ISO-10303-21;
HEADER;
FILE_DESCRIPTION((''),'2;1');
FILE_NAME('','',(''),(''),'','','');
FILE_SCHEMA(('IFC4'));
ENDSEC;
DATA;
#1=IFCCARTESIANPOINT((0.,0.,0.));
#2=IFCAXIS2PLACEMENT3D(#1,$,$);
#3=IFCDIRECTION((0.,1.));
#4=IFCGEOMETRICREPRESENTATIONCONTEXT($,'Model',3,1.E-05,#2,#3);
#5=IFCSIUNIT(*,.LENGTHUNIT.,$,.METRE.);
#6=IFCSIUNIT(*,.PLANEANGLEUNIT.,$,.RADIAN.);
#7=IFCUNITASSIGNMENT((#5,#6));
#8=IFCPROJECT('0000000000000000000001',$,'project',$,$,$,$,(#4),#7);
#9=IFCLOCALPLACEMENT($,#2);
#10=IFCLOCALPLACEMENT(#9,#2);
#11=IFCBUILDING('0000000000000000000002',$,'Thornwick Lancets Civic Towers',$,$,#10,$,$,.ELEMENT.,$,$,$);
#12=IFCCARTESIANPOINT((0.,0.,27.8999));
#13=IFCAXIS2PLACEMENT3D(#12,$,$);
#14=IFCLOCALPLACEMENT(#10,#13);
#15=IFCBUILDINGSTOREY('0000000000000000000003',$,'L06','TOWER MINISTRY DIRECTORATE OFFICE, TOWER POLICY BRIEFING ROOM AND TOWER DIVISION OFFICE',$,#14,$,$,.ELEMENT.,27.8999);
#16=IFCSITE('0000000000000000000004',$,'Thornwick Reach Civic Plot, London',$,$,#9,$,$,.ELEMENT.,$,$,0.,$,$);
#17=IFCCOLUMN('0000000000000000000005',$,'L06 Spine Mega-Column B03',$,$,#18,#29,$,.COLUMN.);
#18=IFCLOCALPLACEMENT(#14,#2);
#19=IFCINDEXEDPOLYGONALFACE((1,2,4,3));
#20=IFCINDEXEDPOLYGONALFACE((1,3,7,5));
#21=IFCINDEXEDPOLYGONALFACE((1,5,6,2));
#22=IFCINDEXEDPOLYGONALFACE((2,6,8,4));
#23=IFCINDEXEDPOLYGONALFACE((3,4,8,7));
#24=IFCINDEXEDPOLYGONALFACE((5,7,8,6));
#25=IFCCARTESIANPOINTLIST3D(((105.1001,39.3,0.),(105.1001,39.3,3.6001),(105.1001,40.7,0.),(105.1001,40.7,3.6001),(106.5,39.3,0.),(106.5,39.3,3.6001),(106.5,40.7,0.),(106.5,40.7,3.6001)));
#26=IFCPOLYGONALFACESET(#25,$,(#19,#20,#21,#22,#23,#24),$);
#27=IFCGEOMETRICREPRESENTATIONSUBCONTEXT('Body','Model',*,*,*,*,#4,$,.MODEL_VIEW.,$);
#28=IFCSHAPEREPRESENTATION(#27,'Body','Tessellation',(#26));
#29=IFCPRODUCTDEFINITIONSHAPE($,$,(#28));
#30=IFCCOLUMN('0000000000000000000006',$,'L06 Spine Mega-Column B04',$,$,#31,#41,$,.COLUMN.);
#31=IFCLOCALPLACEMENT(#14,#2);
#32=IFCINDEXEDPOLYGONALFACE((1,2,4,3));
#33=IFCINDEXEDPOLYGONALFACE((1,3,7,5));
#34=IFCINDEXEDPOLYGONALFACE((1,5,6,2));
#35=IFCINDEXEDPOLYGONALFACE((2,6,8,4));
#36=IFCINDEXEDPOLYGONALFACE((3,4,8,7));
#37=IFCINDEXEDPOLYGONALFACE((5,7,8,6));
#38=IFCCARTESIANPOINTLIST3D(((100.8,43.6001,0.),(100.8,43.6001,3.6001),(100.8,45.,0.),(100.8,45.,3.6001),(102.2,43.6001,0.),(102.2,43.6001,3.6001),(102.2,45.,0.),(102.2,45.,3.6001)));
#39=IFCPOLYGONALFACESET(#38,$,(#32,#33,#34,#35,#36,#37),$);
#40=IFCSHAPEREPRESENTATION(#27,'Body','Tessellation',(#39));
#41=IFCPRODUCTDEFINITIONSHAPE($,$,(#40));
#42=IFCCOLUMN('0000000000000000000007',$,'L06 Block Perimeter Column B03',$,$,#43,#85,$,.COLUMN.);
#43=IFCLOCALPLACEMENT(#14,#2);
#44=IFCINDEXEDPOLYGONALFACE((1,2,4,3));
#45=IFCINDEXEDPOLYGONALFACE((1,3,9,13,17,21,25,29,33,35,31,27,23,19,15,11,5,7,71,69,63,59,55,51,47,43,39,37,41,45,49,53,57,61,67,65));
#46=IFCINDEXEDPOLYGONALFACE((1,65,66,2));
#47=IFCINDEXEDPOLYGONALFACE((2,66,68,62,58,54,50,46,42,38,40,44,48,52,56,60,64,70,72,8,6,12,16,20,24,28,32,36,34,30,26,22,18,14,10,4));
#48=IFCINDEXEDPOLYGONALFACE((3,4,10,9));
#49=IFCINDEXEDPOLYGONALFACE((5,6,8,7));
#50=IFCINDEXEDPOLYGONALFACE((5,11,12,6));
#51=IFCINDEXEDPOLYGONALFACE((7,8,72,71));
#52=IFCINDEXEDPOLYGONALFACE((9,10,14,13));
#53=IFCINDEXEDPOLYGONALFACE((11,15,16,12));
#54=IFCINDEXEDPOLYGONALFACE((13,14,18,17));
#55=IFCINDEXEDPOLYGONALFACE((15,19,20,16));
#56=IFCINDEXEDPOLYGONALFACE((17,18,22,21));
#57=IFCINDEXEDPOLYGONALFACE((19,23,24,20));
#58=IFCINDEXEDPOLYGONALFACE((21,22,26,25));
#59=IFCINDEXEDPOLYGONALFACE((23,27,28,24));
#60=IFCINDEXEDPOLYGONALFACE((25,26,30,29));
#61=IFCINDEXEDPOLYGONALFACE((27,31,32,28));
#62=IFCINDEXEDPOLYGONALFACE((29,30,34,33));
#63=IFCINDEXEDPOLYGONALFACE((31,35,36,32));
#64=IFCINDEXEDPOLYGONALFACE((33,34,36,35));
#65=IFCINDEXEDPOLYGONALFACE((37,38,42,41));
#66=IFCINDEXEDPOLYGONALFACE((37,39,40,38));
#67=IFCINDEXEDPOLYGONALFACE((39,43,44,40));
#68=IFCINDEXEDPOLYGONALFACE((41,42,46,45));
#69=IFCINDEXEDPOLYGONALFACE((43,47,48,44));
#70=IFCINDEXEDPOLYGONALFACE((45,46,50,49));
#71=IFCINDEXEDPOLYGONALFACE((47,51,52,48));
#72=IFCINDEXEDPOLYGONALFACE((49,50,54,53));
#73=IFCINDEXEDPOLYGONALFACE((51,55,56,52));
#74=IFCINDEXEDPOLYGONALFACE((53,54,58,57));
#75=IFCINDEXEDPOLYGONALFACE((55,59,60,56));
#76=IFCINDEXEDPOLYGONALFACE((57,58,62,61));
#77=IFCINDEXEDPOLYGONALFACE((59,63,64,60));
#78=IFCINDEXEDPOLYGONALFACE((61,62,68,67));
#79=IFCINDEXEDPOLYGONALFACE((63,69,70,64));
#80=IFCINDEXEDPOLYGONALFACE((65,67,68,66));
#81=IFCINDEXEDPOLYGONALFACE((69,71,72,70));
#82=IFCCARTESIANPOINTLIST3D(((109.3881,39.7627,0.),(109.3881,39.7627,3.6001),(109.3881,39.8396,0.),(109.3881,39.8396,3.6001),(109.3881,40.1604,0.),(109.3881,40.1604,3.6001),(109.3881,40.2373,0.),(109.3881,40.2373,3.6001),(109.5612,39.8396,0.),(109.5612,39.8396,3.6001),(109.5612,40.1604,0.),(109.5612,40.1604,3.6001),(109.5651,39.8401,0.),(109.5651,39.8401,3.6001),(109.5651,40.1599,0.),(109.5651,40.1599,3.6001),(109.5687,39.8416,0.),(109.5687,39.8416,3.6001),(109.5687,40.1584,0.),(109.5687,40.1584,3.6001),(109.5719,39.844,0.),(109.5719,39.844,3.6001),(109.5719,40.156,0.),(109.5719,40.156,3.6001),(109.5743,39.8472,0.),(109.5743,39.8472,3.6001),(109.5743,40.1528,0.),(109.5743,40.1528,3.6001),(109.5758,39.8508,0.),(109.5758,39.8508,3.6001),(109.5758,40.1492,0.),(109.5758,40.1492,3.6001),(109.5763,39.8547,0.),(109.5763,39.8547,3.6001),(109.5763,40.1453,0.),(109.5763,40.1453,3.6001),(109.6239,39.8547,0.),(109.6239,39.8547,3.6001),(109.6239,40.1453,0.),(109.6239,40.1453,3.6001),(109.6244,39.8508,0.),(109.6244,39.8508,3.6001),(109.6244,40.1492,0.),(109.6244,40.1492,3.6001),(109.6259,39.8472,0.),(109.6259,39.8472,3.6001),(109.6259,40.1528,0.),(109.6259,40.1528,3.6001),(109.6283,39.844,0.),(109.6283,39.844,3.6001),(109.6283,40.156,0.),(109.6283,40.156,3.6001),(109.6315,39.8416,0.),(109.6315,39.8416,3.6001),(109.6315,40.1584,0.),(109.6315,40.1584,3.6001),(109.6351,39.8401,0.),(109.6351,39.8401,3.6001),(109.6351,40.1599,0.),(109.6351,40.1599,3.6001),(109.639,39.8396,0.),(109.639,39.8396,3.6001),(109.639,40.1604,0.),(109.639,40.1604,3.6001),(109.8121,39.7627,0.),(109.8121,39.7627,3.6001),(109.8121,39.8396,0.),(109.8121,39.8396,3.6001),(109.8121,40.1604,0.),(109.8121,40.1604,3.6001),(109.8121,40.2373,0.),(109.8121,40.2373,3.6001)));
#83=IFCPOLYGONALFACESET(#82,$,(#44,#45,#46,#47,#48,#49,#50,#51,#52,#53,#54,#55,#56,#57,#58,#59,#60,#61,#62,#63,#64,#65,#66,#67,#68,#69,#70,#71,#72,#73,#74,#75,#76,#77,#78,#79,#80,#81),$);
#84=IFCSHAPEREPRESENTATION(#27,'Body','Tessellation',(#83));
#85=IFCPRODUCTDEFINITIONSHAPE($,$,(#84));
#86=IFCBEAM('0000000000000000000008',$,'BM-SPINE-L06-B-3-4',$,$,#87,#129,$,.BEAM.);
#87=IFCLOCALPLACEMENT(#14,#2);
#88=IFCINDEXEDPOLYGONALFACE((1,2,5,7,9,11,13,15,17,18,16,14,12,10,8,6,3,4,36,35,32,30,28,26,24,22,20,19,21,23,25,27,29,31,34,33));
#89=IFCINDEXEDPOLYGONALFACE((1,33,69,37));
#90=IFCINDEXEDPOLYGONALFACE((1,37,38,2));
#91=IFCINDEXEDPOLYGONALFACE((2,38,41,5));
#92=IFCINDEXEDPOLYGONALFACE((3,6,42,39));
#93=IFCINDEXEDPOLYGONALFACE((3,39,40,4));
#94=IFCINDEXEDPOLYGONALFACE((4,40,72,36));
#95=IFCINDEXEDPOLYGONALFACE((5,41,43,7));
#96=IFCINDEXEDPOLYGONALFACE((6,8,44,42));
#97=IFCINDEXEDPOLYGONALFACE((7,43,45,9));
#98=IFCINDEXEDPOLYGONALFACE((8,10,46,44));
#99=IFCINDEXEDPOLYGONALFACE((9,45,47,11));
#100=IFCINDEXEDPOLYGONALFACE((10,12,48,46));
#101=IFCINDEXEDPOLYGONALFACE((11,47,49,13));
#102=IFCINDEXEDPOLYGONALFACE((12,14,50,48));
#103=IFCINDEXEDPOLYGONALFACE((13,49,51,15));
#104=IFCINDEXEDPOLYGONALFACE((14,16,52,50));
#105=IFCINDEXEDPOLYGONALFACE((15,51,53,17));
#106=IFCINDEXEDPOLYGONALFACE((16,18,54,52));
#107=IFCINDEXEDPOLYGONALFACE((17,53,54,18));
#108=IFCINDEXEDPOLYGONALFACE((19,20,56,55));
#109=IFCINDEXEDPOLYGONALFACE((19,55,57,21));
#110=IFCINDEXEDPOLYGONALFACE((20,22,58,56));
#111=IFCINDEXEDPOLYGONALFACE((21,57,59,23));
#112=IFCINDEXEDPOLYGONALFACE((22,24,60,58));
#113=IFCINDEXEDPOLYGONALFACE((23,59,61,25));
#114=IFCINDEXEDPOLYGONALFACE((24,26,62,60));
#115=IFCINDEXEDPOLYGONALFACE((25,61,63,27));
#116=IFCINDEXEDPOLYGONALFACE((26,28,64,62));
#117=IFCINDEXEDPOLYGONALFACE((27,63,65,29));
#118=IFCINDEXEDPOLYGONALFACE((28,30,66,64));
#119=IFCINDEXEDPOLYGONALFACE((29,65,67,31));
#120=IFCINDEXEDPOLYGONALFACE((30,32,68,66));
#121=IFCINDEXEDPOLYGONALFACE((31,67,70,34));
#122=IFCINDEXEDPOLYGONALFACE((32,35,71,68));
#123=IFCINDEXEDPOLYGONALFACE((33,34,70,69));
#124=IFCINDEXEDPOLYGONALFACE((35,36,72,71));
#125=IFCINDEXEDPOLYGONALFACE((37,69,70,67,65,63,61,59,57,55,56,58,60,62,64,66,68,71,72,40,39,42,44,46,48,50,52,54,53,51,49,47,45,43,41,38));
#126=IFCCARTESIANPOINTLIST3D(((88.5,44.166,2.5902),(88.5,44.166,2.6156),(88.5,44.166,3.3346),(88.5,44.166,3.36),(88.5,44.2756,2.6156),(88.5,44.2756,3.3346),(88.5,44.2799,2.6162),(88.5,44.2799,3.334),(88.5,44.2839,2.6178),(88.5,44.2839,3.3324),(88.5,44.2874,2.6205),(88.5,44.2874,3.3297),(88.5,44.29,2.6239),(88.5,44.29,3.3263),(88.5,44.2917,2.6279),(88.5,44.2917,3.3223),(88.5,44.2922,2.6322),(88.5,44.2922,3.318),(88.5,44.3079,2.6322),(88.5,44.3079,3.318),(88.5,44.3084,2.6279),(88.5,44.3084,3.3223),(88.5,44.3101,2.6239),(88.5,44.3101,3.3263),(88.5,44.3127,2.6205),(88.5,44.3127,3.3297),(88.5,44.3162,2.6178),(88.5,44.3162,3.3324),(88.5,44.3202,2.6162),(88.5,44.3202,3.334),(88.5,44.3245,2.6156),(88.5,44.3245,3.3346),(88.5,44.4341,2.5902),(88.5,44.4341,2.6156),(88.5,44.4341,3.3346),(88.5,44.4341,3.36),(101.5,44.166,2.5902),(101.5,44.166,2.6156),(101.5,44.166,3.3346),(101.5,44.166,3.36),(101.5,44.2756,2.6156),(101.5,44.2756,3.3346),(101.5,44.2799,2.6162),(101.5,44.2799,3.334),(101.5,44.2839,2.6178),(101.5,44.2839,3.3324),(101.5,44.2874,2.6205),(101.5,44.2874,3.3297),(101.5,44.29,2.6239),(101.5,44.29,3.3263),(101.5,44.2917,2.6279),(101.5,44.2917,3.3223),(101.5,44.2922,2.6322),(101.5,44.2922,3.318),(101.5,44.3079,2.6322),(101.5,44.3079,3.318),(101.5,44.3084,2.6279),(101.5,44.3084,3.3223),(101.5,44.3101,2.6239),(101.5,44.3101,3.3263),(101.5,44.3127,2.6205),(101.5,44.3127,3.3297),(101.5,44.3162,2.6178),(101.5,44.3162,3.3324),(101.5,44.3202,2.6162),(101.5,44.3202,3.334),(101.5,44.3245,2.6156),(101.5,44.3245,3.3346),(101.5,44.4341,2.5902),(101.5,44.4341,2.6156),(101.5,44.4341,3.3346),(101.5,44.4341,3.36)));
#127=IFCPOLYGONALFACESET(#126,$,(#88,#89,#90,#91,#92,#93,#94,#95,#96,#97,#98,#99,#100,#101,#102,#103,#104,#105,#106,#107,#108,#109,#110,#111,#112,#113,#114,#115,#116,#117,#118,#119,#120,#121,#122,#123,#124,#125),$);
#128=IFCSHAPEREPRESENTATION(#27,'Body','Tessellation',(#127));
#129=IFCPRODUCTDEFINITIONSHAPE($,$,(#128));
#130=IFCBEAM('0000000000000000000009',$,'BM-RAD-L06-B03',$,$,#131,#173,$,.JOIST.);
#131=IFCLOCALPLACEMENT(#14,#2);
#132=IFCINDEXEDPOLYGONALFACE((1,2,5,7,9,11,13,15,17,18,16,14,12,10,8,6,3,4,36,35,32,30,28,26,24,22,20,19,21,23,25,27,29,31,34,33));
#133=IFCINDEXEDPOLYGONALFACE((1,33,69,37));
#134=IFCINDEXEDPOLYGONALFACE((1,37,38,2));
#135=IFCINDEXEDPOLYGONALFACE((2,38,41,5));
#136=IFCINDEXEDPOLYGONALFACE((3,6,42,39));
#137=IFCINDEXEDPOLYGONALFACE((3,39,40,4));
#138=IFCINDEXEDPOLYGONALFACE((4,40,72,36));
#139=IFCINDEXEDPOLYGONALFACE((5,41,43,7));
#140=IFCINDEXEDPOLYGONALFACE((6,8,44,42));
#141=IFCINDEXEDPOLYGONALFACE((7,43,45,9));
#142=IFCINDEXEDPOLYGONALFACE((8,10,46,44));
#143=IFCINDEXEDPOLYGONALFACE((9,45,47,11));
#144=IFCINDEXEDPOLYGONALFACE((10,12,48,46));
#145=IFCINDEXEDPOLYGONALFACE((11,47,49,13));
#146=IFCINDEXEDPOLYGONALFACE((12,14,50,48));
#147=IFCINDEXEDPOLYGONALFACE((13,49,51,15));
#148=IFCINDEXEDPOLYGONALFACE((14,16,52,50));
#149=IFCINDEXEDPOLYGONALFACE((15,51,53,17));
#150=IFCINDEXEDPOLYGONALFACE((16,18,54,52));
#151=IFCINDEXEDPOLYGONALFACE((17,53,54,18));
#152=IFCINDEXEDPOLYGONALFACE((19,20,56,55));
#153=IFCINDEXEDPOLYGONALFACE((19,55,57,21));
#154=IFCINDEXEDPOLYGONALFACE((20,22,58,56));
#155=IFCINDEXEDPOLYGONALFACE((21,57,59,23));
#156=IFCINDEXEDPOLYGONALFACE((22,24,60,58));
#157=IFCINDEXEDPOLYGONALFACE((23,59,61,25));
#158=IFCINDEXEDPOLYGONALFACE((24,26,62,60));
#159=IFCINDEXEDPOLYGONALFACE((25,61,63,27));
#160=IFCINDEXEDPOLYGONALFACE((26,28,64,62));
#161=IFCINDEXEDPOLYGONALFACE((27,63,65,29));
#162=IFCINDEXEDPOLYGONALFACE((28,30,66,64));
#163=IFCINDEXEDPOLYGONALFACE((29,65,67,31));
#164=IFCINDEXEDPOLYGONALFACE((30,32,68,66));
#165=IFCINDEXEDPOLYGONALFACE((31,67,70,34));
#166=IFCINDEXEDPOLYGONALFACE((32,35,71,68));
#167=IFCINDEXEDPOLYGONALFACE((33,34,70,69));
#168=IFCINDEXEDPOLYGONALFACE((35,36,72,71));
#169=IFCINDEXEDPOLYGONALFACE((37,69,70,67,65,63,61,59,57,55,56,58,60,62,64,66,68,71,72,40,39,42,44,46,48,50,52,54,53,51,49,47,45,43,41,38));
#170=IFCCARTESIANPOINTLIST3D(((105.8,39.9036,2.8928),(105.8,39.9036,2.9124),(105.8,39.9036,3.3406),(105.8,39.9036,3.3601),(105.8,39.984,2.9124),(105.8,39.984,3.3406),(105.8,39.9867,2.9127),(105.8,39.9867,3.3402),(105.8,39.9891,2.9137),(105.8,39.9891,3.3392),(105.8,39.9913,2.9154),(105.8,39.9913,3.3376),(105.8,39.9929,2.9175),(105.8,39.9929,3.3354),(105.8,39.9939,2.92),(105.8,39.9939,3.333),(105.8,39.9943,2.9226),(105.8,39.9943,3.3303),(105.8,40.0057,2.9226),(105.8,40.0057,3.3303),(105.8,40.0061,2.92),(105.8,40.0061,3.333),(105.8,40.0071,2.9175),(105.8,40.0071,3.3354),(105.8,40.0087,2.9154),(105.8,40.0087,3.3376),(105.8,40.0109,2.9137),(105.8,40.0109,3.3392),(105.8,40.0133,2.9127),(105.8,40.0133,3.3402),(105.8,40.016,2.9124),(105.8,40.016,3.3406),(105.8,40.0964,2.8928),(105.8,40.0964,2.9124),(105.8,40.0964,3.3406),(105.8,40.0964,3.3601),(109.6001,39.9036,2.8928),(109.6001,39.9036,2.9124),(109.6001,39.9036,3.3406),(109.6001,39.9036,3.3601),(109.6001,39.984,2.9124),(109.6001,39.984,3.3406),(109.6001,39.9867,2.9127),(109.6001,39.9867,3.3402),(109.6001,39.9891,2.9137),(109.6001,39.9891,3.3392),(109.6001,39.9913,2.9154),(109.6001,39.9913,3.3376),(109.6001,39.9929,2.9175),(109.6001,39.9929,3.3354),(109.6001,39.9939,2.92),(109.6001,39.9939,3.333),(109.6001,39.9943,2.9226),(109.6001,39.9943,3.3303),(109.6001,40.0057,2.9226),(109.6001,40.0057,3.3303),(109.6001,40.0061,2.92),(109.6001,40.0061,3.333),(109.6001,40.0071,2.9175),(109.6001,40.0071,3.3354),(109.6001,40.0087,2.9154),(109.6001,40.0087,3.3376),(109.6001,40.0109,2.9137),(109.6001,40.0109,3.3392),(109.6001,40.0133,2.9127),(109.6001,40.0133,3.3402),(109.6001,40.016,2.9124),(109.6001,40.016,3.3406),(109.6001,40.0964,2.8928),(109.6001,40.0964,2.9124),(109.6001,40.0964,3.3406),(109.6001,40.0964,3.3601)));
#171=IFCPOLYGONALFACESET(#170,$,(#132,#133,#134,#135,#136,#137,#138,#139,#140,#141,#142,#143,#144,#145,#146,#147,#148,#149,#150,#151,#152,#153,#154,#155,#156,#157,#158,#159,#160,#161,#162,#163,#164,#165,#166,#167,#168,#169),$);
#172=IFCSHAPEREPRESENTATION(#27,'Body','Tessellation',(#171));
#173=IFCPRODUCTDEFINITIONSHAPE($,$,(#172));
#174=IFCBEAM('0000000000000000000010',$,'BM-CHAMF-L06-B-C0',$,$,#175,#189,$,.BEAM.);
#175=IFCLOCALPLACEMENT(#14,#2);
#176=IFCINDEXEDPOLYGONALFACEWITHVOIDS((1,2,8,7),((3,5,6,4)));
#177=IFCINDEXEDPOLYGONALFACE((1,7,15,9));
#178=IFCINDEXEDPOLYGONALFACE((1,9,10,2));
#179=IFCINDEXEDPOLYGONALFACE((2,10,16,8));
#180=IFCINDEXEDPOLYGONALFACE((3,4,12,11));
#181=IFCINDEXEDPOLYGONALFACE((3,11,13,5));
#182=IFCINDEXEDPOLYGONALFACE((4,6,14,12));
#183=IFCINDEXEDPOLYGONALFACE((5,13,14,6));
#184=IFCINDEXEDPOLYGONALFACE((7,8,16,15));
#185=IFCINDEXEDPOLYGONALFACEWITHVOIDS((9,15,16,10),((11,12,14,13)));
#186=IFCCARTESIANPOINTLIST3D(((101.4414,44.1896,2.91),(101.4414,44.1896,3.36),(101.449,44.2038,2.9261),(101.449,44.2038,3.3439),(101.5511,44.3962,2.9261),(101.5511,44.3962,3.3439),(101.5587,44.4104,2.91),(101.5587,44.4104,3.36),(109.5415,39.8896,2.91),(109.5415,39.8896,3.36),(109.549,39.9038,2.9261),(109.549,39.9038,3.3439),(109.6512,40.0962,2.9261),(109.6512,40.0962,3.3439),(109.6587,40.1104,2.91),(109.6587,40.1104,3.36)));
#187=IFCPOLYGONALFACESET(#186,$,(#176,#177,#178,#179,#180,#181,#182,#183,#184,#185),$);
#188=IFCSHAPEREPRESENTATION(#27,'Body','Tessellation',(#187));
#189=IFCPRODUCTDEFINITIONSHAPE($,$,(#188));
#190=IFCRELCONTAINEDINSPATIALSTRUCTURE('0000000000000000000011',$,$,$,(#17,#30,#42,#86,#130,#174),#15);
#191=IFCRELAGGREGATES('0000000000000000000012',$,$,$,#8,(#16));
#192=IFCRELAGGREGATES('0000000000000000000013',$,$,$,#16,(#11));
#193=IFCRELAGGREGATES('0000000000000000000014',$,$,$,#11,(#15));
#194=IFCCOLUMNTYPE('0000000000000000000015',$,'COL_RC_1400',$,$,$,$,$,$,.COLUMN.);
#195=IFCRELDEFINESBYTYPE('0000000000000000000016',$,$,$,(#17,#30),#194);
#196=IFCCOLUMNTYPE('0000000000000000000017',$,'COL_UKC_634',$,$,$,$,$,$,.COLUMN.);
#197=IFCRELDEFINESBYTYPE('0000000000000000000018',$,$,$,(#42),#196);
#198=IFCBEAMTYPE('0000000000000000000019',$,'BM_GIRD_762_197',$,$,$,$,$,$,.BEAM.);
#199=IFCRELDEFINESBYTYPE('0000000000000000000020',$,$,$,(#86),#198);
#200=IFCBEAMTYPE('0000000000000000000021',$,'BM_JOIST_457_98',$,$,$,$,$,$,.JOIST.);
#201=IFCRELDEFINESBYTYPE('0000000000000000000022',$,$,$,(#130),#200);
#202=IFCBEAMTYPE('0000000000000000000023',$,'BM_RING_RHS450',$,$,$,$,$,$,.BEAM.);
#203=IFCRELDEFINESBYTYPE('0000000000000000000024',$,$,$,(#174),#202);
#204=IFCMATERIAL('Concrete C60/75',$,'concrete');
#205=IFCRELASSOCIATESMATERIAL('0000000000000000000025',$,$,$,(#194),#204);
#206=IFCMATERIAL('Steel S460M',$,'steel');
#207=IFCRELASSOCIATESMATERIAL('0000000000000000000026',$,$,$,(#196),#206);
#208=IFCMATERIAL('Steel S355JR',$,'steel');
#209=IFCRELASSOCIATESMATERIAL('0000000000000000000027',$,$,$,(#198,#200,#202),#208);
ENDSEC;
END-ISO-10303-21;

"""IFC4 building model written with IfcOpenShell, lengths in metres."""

from ifc_helpers import new_model, si_unit, direction, frame, origin, origin_2d, place, context, subcontext, project, spatial, rectangle, hollow_rectangle, i_section, extrude, material, material_profile, profile_set, type_object, element, save


model = new_model("IFC4")

# Units and contexts
model_context = context("Model", 3, precision=1e-05, world=origin(), true_north=direction((0.0, 1.0)))
body_context = subcontext(model_context, "Body", "Model", "MODEL_VIEW")
ifc_project = project(units=[si_unit("LENGTHUNIT", "METRE"), si_unit("PLANEANGLEUNIT", "RADIAN")], contexts=[model_context])

# Site, building, storey
site_placement = place(None, origin())
site = spatial("IfcSite", under=ifc_project, at=site_placement, Name="Thornwick Reach Civic Plot, London", CompositionType="ELEMENT", RefElevation=0.0)
building_placement = place(site_placement, origin())
building = spatial("IfcBuilding", under=site, at=building_placement, Name="Thornwick Lancets Civic Towers", CompositionType="ELEMENT")
storey_placement = place(building_placement, frame((0.0, 0.0, 27.8999)))
storey = spatial("IfcBuildingStorey", under=building, at=storey_placement, Name="L06", Description="TOWER MINISTRY DIRECTORATE OFFICE, TOWER POLICY BRIEFING ROOM AND TOWER DIVISION OFFICE", CompositionType="ELEMENT", Elevation=27.8999)

# Columns
ifc_material_1 = material(Name="Concrete C60/75", Category="concrete")
ifc_material_profile_1 = material_profile(ifc_material_1, rectangle(XDim=1.3999, YDim=1.3999, at=origin_2d()), Name="RC 1400x1400")
ifc_profile_set_1 = profile_set([ifc_material_profile_1], Name="Concrete C60/75")
column_type_1 = type_object("IfcColumnType", Name="COL_RC_1400", PredefinedType="COLUMN", material=ifc_profile_set_1)
for number, where, z_axis, x_axis, name in (
    (1, (105.8, 40.0, 0.0), (0.0, 0.0, 1.0), (1.0, 0.0, 0.0), "L06 Spine Mega-Column B03"),
    (2, (101.5, 44.3, 0.0), (0.0, 0.0, 1.0), (1.0, 0.0, 0.0), "L06 Spine Mega-Column B04"),
):
    element("IfcColumn", number, at=place(storey_placement, frame(where, z_axis=z_axis, x_axis=x_axis)), inside=storey, type_object=column_type_1, Name=name, PredefinedType="COLUMN", context=body_context, shape_type="SweptSolid", body=[
        extrude(rectangle(XDim=1.3999, YDim=1.3999, at=origin_2d()), origin(), (0.0, 0.0, 1.0), 3.6001),
    ])
ifc_material_2 = material(Name="Steel S460M", Category="steel")
ifc_material_profile_2 = material_profile(ifc_material_2, i_section(OverallWidth=0.4241, OverallDepth=0.4746, WebThickness=0.0476, FlangeThickness=0.0769, FilletRadius=0.0151, at=origin_2d()), Name="UKC 356x406x634")
ifc_profile_set_2 = profile_set([ifc_material_profile_2], Name="Steel S460M")
column_type_2 = type_object("IfcColumnType", Name="COL_UKC_634", PredefinedType="COLUMN", material=ifc_profile_set_2)
column_placement = place(storey_placement, frame((109.6001, 40.0, 0.0), z_axis=(0.0, 0.0, 1.0), x_axis=(1.0, 0.0, 0.0)))
element("IfcColumn", 3, at=column_placement, inside=storey, type_object=column_type_2, Name="L06 Block Perimeter Column B03", PredefinedType="COLUMN", context=body_context, shape_type="SweptSolid", body=[
    extrude(i_section(OverallWidth=0.4241, OverallDepth=0.4746, WebThickness=0.0476, FlangeThickness=0.0769, FilletRadius=0.0151, at=origin_2d()), origin(), (0.0, 0.0, 1.0), 3.6001),
])

# Beams
ifc_material_3 = material(Name="Steel S355JR", Category="steel")
ifc_material_profile_3 = material_profile(ifc_material_3, i_section(OverallWidth=0.2681, OverallDepth=0.7698, WebThickness=0.0156, FlangeThickness=0.0254, FilletRadius=0.0166, at=origin_2d()), Name="UKB 762x267x197")
ifc_profile_set_3 = profile_set([ifc_material_profile_3], Name="Steel S355JR")
beam_type_1 = type_object("IfcBeamType", Name="BM_GIRD_762_197", PredefinedType="BEAM", material=ifc_profile_set_3)
beam_1_placement = place(storey_placement, frame((101.5, 44.3, 2.9751), z_axis=(-1.0, 0.0, 0.0), x_axis=(0.0, -1.0, 0.0)))
element("IfcBeam", 4, at=beam_1_placement, inside=storey, type_object=beam_type_1, Name="BM-SPINE-L06-B-3-4", PredefinedType="BEAM", context=body_context, shape_type="SweptSolid", body=[
    extrude(i_section(OverallWidth=0.2681, OverallDepth=0.7698, WebThickness=0.0156, FlangeThickness=0.0254, FilletRadius=0.0166, at=origin_2d()), origin(), (0.0, 0.0, 1.0), 13.0),
])
ifc_material_profile_4 = material_profile(ifc_material_3, i_section(OverallWidth=0.1929, OverallDepth=0.4673, WebThickness=0.0115, FlangeThickness=0.0195, FilletRadius=0.0103, at=origin_2d()), Name="UKB 457x191x98")
ifc_profile_set_4 = profile_set([ifc_material_profile_4], Name="Steel S355JR")
beam_type_2 = type_object("IfcBeamType", Name="BM_JOIST_457_98", PredefinedType="JOIST", material=ifc_profile_set_4)
beam_2_placement = place(storey_placement, frame((105.8, 40.0, 3.1265), z_axis=(1.0, 0.0, 0.0), x_axis=(0.0, 1.0, 0.0)))
element("IfcBeam", 5, at=beam_2_placement, inside=storey, type_object=beam_type_2, Name="BM-RAD-L06-B03", PredefinedType="JOIST", context=body_context, shape_type="SweptSolid", body=[
    extrude(i_section(OverallWidth=0.1929, OverallDepth=0.4673, WebThickness=0.0115, FlangeThickness=0.0195, FilletRadius=0.0103, at=origin_2d()), origin(), (0.0, 0.0, 1.0), 3.8),
])
ifc_material_profile_5 = material_profile(ifc_material_3, hollow_rectangle(XDim=0.25, YDim=0.45, WallThickness=0.0161, at=origin_2d()), Name="RHS 450x250x16")
ifc_profile_set_5 = profile_set([ifc_material_profile_5], Name="Steel S355JR")
beam_type_3 = type_object("IfcBeamType", Name="BM_RING_RHS450", PredefinedType="BEAM", material=ifc_profile_set_5)
beam_3_placement = place(storey_placement, frame((109.6001, 40.0, 3.135), z_axis=(-0.883257, 0.468889, 0.0), x_axis=(-0.468889, -0.883257, 0.0)))
element("IfcBeam", 6, at=beam_3_placement, inside=storey, type_object=beam_type_3, Name="BM-CHAMF-L06-B-C0", PredefinedType="BEAM", context=body_context, shape_type="SweptSolid", body=[
    extrude(hollow_rectangle(XDim=0.25, YDim=0.45, WallThickness=0.0161, at=origin_2d()), origin(), (0.0, 0.0, 1.0), 9.1707),
])

save(model, "model.ifc")
